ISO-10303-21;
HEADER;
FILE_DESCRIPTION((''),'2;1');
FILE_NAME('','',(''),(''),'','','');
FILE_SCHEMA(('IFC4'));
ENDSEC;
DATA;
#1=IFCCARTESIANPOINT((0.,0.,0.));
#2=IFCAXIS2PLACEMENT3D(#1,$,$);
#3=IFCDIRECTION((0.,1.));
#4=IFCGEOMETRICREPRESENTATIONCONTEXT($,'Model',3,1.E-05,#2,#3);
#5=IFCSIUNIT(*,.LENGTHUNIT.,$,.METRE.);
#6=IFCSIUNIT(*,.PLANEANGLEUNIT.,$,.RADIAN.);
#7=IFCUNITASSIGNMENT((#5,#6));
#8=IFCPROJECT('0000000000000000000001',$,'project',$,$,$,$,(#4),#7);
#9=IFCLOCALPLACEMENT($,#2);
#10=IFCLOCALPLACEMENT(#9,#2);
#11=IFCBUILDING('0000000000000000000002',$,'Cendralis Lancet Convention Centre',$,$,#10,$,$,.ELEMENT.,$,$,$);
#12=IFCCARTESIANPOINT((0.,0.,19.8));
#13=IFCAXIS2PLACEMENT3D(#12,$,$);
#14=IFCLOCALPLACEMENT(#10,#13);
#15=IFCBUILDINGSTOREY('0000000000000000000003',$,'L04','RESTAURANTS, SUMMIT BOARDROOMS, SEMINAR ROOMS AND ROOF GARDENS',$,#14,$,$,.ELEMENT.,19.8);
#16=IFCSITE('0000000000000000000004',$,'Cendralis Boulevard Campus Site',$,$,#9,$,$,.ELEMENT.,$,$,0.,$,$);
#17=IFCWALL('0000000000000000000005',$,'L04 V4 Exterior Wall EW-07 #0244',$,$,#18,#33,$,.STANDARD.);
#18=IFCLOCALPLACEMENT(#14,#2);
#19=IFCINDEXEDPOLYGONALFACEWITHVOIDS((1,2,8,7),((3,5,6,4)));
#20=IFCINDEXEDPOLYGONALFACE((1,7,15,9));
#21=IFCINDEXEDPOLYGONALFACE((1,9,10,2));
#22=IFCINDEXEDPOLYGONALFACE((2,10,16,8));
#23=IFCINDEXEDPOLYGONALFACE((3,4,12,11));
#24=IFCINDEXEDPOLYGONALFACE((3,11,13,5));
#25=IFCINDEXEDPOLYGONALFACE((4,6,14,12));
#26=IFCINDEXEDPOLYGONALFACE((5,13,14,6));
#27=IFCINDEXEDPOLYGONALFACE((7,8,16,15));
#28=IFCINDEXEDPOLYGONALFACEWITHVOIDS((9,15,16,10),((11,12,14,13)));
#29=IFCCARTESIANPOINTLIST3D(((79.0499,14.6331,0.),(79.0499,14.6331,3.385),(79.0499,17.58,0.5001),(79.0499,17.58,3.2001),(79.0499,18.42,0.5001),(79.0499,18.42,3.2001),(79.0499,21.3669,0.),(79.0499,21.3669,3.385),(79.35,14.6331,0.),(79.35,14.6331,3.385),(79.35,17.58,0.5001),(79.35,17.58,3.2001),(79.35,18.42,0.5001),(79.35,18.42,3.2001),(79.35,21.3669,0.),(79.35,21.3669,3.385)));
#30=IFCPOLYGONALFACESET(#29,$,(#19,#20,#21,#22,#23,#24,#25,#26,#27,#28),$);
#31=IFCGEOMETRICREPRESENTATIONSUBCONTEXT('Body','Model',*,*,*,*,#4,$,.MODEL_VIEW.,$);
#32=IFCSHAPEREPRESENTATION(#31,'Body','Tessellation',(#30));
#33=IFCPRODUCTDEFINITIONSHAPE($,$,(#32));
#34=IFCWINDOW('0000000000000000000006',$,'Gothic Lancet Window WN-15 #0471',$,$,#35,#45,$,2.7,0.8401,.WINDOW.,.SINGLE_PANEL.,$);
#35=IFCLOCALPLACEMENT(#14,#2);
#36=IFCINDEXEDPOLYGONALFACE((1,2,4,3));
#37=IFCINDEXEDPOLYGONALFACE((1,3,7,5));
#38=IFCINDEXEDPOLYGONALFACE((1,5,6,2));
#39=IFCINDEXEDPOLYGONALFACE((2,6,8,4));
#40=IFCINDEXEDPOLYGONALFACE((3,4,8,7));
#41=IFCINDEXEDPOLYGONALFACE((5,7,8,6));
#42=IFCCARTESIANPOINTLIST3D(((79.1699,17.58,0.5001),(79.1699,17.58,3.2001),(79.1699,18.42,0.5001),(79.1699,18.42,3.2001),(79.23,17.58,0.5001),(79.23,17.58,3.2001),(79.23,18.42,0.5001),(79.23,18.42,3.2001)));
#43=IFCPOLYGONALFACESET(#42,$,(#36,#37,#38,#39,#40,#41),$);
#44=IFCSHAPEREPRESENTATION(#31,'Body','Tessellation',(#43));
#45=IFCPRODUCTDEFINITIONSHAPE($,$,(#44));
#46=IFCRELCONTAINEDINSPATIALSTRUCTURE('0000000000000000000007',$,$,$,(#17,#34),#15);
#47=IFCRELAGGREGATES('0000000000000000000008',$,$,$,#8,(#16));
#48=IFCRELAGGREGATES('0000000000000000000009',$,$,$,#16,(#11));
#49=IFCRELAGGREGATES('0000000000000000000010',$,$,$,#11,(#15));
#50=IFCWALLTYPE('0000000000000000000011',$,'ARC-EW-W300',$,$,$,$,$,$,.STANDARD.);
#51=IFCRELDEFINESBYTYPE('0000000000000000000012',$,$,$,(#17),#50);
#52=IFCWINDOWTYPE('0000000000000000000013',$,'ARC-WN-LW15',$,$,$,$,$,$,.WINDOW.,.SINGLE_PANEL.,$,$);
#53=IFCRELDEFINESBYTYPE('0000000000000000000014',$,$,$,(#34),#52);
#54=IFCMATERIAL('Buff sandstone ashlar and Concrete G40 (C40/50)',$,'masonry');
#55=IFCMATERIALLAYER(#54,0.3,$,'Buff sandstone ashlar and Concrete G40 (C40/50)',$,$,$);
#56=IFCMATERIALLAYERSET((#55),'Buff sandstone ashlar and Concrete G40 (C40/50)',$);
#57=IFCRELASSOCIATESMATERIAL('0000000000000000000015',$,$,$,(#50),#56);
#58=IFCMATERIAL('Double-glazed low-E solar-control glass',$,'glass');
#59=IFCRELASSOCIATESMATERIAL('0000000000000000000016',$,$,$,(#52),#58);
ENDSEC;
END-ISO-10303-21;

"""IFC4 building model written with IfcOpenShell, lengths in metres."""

from ifc_helpers import new_model, si_unit, direction, frame, frame_2d, origin, place, context, subcontext, project, spatial, rectangle, extrude, material, layer, layer_set, type_object, element, fill, save


model = new_model("IFC4")

# Units and contexts
model_context = context("Model", 3, precision=1e-05, world=origin(), true_north=direction((0.0, 1.0)))
body_context = subcontext(model_context, "Body", "Model", "MODEL_VIEW")
ifc_project = project(units=[si_unit("LENGTHUNIT", "METRE"), si_unit("PLANEANGLEUNIT", "RADIAN")], contexts=[model_context])

# Site, building, storey
site_placement = place(None, origin())
site = spatial("IfcSite", under=ifc_project, at=site_placement, Name="Cendralis Boulevard Campus Site", CompositionType="ELEMENT", RefElevation=0.0)
building_placement = place(site_placement, origin())
building = spatial("IfcBuilding", under=site, at=building_placement, Name="Cendralis Lancet Convention Centre", CompositionType="ELEMENT")
storey_placement = place(building_placement, frame((0.0, 0.0, 19.8)))
storey = spatial("IfcBuildingStorey", under=building, at=storey_placement, Name="L04", Description="RESTAURANTS, SUMMIT BOARDROOMS, SEMINAR ROOMS AND ROOF GARDENS", CompositionType="ELEMENT", Elevation=19.8)

# Shared definitions
ifc_material_1 = material(Name="Buff sandstone ashlar and Concrete G40 (C40/50)", Category="masonry")

# Wall, opening, window
ifc_layer_1 = layer(ifc_material_1, 0.3, Name="Buff sandstone ashlar and Concrete G40 (C40/50)")
ifc_layer_set_1 = layer_set([ifc_layer_1], Name="Buff sandstone ashlar and Concrete G40 (C40/50)")
wall_type_1 = type_object("IfcWallType", Name="ARC-EW-W300", PredefinedType="STANDARD", material=ifc_layer_set_1)
ifc_material_2 = material(Name="Double-glazed low-E solar-control glass", Category="glass")
window_type = type_object("IfcWindowType", Name="ARC-WN-LW15", PartitioningType="SINGLE_PANEL", PredefinedType="WINDOW", material=ifc_material_2)
wall_1_placement = place(storey_placement, frame((79.2, 21.3669, 0.0), z_axis=(0.0, 0.0, 1.0), x_axis=(0.0, -1.0, 0.0)))
wall_1 = element("IfcWall", 1, at=wall_1_placement, inside=storey, type_object=wall_type_1, Name="L04 V4 Exterior Wall EW-07 #0244", PredefinedType="STANDARD", context=body_context, shape_type="SweptSolid", body=[
    extrude(rectangle(XDim=6.7339, YDim=0.3, at=frame_2d((3.3669, 0.0))), origin(), (0.0, 0.0, 1.0), 3.385),
])
opening_1_placement = place(wall_1_placement, frame((2.947, 0.0, 0.5)))
opening_1 = element("IfcOpeningElement", 2, at=opening_1_placement, cuts=wall_1, PredefinedType="OPENING", context=body_context, shape_type="SweptSolid", body=[
    extrude(rectangle(XDim=0.8401, YDim=2.7, at=frame_2d((0.4199, 1.3501))), frame((0.0, 0.1599, 0.0), z_axis=(0.0, -1.0, 0.0), x_axis=(1.0, 0.0, 0.0)), (0.0, 0.0, 1.0), 0.3201),
])
window_1_placement = place(opening_1_placement, origin())
window_1 = element("IfcWindow", 3, at=window_1_placement, inside=storey, type_object=window_type, Name="Gothic Lancet Window WN-15 #0471", OverallHeight=2.7, OverallWidth=0.8401, PartitioningType="SINGLE_PANEL", PredefinedType="WINDOW", context=body_context, shape_type="SweptSolid", body=[
    extrude(rectangle(XDim=0.8401, YDim=2.7, at=frame_2d((0.4199, 1.3501))), frame((0.0, 0.03, 0.0), z_axis=(0.0, -1.0, 0.0), x_axis=(1.0, 0.0, 0.0)), (0.0, 0.0, 1.0), 0.0601),
])
fill(opening_1, window_1)

save(model, "model.ifc")
